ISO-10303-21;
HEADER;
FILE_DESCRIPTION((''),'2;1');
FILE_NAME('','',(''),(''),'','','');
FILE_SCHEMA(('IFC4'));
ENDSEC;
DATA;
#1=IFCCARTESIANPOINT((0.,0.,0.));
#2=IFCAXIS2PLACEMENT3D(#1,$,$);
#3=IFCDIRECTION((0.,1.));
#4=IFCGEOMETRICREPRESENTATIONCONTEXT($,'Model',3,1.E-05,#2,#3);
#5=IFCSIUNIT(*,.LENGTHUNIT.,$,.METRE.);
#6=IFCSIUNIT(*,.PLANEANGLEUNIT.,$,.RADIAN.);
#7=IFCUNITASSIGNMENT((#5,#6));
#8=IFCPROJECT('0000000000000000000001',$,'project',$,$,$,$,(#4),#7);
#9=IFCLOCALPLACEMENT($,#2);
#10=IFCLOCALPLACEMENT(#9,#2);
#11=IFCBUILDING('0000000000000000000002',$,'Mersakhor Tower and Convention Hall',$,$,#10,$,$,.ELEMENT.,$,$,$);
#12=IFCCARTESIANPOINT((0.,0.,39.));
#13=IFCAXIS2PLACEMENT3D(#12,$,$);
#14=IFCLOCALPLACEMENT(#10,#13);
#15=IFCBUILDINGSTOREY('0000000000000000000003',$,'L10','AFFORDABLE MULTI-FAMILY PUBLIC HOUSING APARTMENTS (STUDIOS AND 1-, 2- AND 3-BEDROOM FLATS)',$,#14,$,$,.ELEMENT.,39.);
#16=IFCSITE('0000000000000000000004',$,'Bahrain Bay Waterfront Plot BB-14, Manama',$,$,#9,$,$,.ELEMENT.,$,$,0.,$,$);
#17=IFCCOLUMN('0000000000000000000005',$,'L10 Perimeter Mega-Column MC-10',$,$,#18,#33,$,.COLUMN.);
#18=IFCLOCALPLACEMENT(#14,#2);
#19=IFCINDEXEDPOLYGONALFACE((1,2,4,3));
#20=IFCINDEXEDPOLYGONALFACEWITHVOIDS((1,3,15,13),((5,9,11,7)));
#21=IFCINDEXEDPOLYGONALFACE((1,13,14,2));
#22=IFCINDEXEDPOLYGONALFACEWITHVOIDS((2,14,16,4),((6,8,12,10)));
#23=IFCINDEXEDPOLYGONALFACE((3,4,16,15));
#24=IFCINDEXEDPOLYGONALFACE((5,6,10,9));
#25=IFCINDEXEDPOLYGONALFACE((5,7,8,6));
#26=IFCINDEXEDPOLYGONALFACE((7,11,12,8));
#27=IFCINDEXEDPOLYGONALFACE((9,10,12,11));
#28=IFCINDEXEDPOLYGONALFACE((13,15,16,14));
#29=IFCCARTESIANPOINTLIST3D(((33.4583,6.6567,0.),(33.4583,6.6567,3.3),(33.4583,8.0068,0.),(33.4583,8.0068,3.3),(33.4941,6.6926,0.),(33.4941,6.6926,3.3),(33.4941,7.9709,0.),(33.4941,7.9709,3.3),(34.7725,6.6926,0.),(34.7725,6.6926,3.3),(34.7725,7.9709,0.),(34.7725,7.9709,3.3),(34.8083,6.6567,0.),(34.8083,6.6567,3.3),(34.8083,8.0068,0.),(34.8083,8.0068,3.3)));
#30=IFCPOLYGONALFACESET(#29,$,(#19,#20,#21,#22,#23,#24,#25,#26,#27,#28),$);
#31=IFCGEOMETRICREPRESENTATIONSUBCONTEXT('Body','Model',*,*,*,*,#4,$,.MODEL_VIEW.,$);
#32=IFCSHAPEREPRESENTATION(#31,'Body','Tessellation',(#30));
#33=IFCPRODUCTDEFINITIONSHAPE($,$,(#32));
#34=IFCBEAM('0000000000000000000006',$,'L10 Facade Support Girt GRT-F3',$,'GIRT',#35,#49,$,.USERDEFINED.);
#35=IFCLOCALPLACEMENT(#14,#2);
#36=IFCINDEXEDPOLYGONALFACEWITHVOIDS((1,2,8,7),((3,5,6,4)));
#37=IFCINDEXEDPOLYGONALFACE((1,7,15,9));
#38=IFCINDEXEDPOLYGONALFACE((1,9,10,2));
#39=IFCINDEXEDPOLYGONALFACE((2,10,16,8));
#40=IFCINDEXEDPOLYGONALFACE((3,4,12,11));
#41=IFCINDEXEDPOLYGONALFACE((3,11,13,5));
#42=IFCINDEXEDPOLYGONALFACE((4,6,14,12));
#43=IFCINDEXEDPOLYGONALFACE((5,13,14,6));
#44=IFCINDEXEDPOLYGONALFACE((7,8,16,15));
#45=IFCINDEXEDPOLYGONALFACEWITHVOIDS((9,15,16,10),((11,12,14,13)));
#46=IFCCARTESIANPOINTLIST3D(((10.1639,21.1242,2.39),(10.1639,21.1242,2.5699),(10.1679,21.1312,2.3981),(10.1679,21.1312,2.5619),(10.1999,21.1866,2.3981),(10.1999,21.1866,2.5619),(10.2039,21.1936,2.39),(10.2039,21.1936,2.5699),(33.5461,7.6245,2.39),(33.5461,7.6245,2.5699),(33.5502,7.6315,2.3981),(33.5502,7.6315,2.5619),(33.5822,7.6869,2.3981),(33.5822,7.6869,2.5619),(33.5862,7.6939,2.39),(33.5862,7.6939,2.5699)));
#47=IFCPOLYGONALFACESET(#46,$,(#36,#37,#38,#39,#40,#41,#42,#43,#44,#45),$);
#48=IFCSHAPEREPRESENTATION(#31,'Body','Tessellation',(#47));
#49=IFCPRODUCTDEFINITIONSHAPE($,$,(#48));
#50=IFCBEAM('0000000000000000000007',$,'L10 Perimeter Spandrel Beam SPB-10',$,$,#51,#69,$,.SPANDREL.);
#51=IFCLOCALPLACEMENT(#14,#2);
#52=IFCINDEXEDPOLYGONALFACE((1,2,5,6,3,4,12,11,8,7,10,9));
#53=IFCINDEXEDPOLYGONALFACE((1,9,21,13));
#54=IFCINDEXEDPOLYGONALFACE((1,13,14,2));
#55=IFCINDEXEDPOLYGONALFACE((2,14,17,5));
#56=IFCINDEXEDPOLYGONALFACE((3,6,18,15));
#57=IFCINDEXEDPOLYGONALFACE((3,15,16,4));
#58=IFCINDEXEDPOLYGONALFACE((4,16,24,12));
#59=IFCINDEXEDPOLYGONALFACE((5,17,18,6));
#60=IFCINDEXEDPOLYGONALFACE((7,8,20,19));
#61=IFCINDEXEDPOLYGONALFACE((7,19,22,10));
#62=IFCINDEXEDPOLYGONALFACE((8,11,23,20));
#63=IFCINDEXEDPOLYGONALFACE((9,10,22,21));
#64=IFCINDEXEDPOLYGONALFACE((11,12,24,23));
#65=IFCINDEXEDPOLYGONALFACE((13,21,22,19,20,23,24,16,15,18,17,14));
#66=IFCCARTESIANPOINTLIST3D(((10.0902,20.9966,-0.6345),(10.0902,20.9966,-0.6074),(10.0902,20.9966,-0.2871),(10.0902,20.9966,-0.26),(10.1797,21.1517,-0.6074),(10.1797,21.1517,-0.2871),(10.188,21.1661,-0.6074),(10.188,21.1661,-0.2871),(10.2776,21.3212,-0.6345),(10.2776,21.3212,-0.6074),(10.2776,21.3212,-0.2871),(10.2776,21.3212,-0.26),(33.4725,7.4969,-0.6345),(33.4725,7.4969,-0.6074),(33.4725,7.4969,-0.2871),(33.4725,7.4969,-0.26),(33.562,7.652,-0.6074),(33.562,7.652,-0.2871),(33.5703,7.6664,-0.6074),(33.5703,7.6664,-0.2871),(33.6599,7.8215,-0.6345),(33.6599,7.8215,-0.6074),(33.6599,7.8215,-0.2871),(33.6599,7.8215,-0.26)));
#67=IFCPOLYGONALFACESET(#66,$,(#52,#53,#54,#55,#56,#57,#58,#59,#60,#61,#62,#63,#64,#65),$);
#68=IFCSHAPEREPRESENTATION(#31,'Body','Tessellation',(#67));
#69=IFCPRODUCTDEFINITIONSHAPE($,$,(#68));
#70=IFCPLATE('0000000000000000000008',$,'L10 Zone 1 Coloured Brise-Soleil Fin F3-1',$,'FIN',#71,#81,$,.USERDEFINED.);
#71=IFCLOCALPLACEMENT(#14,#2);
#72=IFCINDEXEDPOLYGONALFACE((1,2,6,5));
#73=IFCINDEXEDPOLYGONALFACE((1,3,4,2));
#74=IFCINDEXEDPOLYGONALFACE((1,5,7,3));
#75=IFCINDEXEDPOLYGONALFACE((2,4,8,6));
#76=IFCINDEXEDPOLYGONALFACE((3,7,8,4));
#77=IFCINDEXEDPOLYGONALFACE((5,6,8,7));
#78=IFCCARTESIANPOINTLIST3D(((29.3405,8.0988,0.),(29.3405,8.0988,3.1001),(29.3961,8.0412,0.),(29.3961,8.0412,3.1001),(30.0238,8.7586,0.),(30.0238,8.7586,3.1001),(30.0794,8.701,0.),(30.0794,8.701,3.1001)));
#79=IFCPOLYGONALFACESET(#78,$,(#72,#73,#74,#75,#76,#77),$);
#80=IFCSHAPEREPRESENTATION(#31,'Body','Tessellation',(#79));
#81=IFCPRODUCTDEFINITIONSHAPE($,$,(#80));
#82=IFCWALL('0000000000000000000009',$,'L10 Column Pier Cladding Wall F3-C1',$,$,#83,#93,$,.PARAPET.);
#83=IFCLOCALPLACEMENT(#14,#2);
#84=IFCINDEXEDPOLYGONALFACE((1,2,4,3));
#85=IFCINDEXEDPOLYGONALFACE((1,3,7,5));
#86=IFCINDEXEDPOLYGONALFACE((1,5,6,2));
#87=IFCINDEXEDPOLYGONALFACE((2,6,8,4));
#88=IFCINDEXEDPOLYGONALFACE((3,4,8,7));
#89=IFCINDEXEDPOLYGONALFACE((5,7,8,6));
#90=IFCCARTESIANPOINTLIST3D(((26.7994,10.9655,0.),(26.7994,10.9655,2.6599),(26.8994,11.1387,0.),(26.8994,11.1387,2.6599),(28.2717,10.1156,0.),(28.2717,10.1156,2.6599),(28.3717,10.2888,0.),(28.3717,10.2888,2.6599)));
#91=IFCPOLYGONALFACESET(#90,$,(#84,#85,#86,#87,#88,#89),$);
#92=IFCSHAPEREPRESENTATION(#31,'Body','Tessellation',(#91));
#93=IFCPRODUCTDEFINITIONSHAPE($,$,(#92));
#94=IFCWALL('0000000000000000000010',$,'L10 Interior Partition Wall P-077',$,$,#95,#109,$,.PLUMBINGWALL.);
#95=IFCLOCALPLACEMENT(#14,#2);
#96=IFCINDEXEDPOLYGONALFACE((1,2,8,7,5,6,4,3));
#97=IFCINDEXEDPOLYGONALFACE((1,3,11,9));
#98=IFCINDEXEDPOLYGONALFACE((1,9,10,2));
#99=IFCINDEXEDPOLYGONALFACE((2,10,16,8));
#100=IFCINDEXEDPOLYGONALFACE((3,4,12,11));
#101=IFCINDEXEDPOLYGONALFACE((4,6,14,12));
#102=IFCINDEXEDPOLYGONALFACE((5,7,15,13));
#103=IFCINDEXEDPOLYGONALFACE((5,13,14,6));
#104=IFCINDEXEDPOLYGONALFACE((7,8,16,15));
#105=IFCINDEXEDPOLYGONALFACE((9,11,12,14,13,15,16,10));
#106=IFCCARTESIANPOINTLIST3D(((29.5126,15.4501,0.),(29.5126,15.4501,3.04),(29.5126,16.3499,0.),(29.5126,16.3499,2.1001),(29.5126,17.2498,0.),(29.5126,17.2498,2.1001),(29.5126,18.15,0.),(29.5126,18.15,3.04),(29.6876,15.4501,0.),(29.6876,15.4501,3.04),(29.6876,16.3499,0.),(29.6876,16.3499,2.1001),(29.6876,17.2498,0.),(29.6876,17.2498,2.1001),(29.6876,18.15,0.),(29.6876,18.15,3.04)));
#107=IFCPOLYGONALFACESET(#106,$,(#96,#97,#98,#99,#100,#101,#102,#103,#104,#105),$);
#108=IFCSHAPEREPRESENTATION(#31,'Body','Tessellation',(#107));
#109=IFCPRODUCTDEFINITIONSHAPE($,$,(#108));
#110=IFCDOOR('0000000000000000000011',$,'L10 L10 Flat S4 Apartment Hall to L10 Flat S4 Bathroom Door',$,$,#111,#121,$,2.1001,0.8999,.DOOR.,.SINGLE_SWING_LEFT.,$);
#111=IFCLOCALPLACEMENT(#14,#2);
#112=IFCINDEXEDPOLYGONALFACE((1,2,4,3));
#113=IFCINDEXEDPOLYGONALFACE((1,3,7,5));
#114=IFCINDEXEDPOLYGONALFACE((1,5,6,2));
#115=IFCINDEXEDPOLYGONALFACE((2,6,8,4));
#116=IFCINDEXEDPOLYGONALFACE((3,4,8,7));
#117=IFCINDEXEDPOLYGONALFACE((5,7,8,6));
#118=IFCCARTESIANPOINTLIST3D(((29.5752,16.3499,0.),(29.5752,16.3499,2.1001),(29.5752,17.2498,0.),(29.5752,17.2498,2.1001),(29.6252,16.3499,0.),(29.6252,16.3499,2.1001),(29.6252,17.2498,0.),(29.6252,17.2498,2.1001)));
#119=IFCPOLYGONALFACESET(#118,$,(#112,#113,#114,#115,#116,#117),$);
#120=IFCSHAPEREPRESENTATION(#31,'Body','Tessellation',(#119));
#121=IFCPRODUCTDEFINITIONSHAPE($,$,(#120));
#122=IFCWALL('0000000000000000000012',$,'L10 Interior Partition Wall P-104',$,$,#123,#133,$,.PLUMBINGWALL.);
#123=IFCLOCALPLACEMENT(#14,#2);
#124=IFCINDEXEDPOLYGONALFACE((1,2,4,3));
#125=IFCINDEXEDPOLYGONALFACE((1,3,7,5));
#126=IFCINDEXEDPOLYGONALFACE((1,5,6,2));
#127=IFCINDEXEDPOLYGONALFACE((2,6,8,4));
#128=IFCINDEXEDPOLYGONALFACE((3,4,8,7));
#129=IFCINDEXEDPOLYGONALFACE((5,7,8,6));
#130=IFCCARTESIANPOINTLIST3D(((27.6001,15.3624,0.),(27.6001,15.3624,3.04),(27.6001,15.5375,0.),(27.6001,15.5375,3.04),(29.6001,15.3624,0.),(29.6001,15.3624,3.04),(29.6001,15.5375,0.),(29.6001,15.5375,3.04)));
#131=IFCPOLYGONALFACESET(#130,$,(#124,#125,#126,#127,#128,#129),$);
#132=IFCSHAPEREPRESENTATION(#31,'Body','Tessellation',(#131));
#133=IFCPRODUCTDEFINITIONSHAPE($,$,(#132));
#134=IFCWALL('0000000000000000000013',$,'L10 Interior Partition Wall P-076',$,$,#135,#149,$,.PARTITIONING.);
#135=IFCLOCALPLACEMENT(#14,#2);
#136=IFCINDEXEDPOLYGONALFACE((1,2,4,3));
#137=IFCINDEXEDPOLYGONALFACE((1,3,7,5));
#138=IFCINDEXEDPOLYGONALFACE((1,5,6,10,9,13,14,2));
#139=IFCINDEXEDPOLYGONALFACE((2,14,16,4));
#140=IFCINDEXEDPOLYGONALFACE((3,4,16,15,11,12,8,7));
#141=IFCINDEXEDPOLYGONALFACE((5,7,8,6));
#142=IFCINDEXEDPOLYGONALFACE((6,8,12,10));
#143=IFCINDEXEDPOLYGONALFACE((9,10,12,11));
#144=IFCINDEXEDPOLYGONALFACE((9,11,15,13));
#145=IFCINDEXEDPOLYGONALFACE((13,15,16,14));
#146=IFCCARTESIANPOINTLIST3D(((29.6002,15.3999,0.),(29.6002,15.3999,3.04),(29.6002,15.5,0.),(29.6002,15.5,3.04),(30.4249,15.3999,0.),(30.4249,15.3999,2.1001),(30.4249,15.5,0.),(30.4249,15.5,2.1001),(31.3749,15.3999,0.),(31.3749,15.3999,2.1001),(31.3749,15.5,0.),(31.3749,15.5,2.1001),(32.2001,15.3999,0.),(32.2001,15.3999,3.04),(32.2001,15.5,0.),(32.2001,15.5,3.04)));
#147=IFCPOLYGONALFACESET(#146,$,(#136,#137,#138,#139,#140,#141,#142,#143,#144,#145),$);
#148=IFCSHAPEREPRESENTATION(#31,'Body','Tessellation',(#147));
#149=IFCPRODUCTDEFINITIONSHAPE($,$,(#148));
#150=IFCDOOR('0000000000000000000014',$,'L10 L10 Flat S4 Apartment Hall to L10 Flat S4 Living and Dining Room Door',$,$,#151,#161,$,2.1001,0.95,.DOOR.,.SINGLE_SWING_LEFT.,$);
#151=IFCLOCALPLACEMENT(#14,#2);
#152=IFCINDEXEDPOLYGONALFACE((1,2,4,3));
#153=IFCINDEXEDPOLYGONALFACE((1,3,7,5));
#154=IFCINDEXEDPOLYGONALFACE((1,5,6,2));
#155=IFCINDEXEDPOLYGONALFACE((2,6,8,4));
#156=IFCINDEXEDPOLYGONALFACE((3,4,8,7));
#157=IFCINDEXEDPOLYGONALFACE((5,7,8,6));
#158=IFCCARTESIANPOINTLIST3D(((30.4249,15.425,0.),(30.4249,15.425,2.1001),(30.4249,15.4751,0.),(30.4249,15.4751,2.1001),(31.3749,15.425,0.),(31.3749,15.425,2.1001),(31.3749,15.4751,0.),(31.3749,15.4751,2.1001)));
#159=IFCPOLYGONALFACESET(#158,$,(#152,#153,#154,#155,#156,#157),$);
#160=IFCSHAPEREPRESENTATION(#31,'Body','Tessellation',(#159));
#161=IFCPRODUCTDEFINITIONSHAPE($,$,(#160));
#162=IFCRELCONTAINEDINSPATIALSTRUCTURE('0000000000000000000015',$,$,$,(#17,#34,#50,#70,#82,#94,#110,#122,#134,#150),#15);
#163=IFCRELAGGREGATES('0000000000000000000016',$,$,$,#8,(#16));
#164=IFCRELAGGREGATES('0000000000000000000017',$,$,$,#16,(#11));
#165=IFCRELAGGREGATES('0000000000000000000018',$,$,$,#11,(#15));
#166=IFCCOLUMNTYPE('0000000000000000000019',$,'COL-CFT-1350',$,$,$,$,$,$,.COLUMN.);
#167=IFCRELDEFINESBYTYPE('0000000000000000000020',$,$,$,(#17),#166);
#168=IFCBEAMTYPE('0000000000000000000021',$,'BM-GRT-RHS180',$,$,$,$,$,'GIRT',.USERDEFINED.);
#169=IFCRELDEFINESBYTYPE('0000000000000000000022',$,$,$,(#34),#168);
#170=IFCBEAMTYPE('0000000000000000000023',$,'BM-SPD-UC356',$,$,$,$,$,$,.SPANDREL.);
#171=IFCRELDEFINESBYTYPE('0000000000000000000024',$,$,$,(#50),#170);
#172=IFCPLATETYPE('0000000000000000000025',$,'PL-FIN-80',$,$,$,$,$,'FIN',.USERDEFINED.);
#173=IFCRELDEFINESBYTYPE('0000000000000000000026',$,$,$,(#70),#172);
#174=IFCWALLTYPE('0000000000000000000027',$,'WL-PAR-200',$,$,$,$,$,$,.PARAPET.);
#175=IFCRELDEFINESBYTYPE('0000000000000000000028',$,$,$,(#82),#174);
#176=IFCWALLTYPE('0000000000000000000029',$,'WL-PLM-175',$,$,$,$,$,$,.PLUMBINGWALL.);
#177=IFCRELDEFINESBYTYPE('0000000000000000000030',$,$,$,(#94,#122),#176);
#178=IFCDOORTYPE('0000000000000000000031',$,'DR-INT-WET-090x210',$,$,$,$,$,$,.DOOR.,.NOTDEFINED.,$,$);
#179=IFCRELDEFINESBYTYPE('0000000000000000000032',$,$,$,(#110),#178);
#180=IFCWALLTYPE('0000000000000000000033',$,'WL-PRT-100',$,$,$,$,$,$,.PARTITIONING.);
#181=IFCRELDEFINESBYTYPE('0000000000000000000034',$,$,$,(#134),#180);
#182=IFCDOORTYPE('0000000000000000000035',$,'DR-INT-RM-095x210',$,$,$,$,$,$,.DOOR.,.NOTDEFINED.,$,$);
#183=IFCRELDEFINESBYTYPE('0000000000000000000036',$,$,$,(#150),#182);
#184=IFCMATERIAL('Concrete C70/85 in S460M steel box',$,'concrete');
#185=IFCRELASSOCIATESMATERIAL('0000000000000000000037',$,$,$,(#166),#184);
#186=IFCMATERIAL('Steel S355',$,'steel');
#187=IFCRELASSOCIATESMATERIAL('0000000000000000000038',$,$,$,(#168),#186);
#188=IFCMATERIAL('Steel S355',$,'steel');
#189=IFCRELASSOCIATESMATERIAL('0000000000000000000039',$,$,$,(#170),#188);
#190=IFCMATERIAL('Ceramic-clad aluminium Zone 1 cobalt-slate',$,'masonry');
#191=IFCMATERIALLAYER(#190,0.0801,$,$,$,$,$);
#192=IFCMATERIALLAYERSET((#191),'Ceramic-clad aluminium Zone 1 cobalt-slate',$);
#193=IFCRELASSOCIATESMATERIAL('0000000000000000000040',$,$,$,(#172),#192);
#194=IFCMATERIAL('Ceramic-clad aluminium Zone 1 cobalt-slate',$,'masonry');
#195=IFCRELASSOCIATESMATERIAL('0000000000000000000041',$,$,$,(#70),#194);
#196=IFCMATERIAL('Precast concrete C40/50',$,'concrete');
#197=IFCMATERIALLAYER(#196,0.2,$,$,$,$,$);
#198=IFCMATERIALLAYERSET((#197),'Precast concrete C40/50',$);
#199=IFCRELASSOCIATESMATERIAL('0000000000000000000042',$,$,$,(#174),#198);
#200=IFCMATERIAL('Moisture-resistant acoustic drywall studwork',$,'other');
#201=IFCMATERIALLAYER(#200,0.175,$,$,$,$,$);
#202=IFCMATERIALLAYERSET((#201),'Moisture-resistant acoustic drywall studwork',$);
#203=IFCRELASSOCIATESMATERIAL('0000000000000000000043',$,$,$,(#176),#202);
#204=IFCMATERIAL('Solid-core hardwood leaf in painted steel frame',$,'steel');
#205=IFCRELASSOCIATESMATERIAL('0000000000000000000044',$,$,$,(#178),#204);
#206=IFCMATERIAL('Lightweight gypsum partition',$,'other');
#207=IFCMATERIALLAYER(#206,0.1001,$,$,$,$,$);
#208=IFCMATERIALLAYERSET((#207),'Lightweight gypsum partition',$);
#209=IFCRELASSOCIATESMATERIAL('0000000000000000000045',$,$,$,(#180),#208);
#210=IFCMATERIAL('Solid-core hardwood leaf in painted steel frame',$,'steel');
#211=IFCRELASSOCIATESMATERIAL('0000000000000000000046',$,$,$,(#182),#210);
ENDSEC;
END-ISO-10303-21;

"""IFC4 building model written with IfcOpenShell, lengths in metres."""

from ifc_helpers import new_model, si_unit, direction, frame, frame_2d, origin, origin_2d, place, context, subcontext, project, spatial, rectangle, hollow_rectangle, i_section, extrude, material, layer, layer_set, material_profile, profile_set, type_object, element, fill, save


model = new_model("IFC4")

# Units and contexts
model_context = context("Model", 3, precision=1e-05, world=origin(), true_north=direction((0.0, 1.0)))
body_context = subcontext(model_context, "Body", "Model", "MODEL_VIEW")
ifc_project = project(units=[si_unit("LENGTHUNIT", "METRE"), si_unit("PLANEANGLEUNIT", "RADIAN")], contexts=[model_context])

# Site, building, storey
site_placement = place(None, origin())
site = spatial("IfcSite", under=ifc_project, at=site_placement, Name="Bahrain Bay Waterfront Plot BB-14, Manama", CompositionType="ELEMENT", RefElevation=0.0)
building_placement = place(site_placement, origin())
building = spatial("IfcBuilding", under=site, at=building_placement, Name="Mersakhor Tower and Convention Hall", CompositionType="ELEMENT")
storey_placement = place(building_placement, frame((0.0, 0.0, 39.0)))
storey = spatial("IfcBuildingStorey", under=building, at=storey_placement, Name="L10", Description="AFFORDABLE MULTI-FAMILY PUBLIC HOUSING APARTMENTS (STUDIOS AND 1-, 2- AND 3-BEDROOM FLATS)", CompositionType="ELEMENT", Elevation=39.0)

# Column
ifc_material_1 = material(Name="Concrete C70/85 in S460M steel box", Category="concrete")
ifc_material_profile_1 = material_profile(ifc_material_1, hollow_rectangle(XDim=1.3501, YDim=1.3501, WallThickness=0.0359, at=origin_2d()), Name="SHS 1350x1350x36")
ifc_profile_set_1 = profile_set([ifc_material_profile_1], Name="Concrete C70/85 in S460M steel box")
column_type = type_object("IfcColumnType", Name="COL-CFT-1350", PredefinedType="COLUMN", material=ifc_profile_set_1)
column_placement = place(storey_placement, frame((34.1333, 7.3318, 0.0), z_axis=(0.0, 0.0, 1.0), x_axis=(1.0, 0.0, 0.0)))
element("IfcColumn", 1, at=column_placement, inside=storey, type_object=column_type, Name="L10 Perimeter Mega-Column MC-10", PredefinedType="COLUMN", context=body_context, shape_type="SweptSolid", body=[
    extrude(hollow_rectangle(XDim=1.3501, YDim=1.3501, WallThickness=0.0359, at=origin_2d()), origin(), (0.0, 0.0, 1.0), 3.3),
])

# Beams
ifc_material_2 = material(Name="Steel S355", Category="steel")
ifc_material_profile_2 = material_profile(ifc_material_2, hollow_rectangle(XDim=0.0801, YDim=0.1799, WallThickness=0.0081, at=origin_2d()), Name="RHS 180x80x8")
ifc_profile_set_2 = profile_set([ifc_material_profile_2], Name="Steel S355")
beam_type_1 = type_object("IfcBeamType", Name="BM-GRT-RHS180", ElementType="GIRT", PredefinedType="USERDEFINED", material=ifc_profile_set_2)
beam_1_placement = place(storey_placement, frame((33.5662, 7.6592, 2.48), z_axis=(-0.866026, 0.499999, 0.0), x_axis=(-0.499999, -0.866026, 0.0)))
element("IfcBeam", 2, at=beam_1_placement, inside=storey, type_object=beam_type_1, Name="L10 Facade Support Girt GRT-F3", ObjectType="GIRT", PredefinedType="USERDEFINED", context=body_context, shape_type="SweptSolid", body=[
    extrude(hollow_rectangle(XDim=0.0801, YDim=0.1799, WallThickness=0.0081, at=origin_2d()), origin(), (0.0, 0.0, 1.0), 26.9995),
])
ifc_material_3 = material(Name="Steel S355", Category="steel")
ifc_material_profile_3 = material_profile(ifc_material_3, i_section(OverallWidth=0.3748, OverallDepth=0.3745, WebThickness=0.0166, FlangeThickness=0.0271, at=origin_2d()), Name="UC 356x368x202")
ifc_profile_set_3 = profile_set([ifc_material_profile_3], Name="Steel S355")
beam_type_2 = type_object("IfcBeamType", Name="BM-SPD-UC356", PredefinedType="SPANDREL", material=ifc_profile_set_3)
beam_2_placement = place(storey_placement, frame((33.5662, 7.6592, -0.4473), z_axis=(-0.866026, 0.499999, 0.0), x_axis=(-0.499999, -0.866026, 0.0)))
element("IfcBeam", 3, at=beam_2_placement, inside=storey, type_object=beam_type_2, Name="L10 Perimeter Spandrel Beam SPB-10", PredefinedType="SPANDREL", context=body_context, shape_type="SweptSolid", body=[
    extrude(i_section(OverallWidth=0.3748, OverallDepth=0.3745, WebThickness=0.0166, FlangeThickness=0.0271, at=origin_2d()), origin(), (0.0, 0.0, 1.0), 26.9995),
])

# Plate
ifc_material_4 = material(Name="Ceramic-clad aluminium Zone 1 cobalt-slate", Category="masonry")
ifc_material_5 = material(Name="Ceramic-clad aluminium Zone 1 cobalt-slate", Category="masonry")
ifc_layer_1 = layer(ifc_material_5, 0.0801)
ifc_layer_set_1 = layer_set([ifc_layer_1], Name="Ceramic-clad aluminium Zone 1 cobalt-slate")
plate_type = type_object("IfcPlateType", Name="PL-FIN-80", ElementType="FIN", PredefinedType="USERDEFINED", material=ifc_layer_set_1)
plate_placement = place(storey_placement, frame((29.71, 8.3999, 0.0), z_axis=(0.0, 0.0, 1.0), x_axis=(-0.71934, -0.694658, 0.0)))
element("IfcPlate", 4, at=plate_placement, inside=storey, type_object=plate_type, material=ifc_material_4, Name="L10 Zone 1 Coloured Brise-Soleil Fin F3-1", ObjectType="FIN", PredefinedType="USERDEFINED", context=body_context, shape_type="SweptSolid", body=[
    extrude(rectangle(XDim=0.95, YDim=0.0801, at=origin_2d()), origin(), (0.0, 0.0, 1.0), 3.1001),
])

# Wall
ifc_material_6 = material(Name="Precast concrete C40/50", Category="concrete")
ifc_layer_2 = layer(ifc_material_6, 0.2)
ifc_layer_set_2 = layer_set([ifc_layer_2], Name="Precast concrete C40/50")
wall_type_1 = type_object("IfcWallType", Name="WL-PAR-200", PredefinedType="PARAPET", material=ifc_layer_set_2)
wall_1_placement = place(storey_placement, frame((28.3218, 10.2021, 0.0), z_axis=(0.0, 0.0, 1.0), x_axis=(-0.866052, 0.499955, 0.0)))
element("IfcWall", 5, at=wall_1_placement, inside=storey, type_object=wall_type_1, Name="L10 Column Pier Cladding Wall F3-C1", PredefinedType="PARAPET", context=body_context, shape_type="SweptSolid", body=[
    extrude(rectangle(XDim=1.7, YDim=0.2, at=frame_2d((0.8501, 0.0))), origin(), (0.0, 0.0, 1.0), 2.6599),
])

# Wall, opening, door
ifc_material_7 = material(Name="Moisture-resistant acoustic drywall studwork", Category="other")
ifc_layer_3 = layer(ifc_material_7, 0.175)
ifc_layer_set_3 = layer_set([ifc_layer_3], Name="Moisture-resistant acoustic drywall studwork")
wall_type_2 = type_object("IfcWallType", Name="WL-PLM-175", PredefinedType="PLUMBINGWALL", material=ifc_layer_set_3)
wall_2_placement = place(storey_placement, frame((29.6001, 15.45, 0.0), z_axis=(0.0, 0.0, 1.0), x_axis=(0.0, 1.0, 0.0)))
wall_2 = element("IfcWall", 6, at=wall_2_placement, inside=storey, type_object=wall_type_2, Name="L10 Interior Partition Wall P-077", PredefinedType="PLUMBINGWALL", context=body_context, shape_type="SweptSolid", body=[
    extrude(rectangle(XDim=2.7, YDim=0.175, at=frame_2d((1.3501, 0.0))), origin(), (0.0, 0.0, 1.0), 3.04),
])
opening_1_placement = place(wall_2_placement, frame((0.8999, 0.0, 0.0)))
opening_1 = element("IfcOpeningElement", 7, at=opening_1_placement, cuts=wall_2, PredefinedType="OPENING", context=body_context, shape_type="SweptSolid", body=[
    extrude(rectangle(XDim=0.8999, YDim=2.1001, at=frame_2d((0.45, 1.05))), frame((0.0, 0.0974, 0.0), z_axis=(0.0, -1.0, 0.0), x_axis=(1.0, 0.0, 0.0)), (0.0, 0.0, 1.0), 0.1951),
])
ifc_material_8 = material(Name="Solid-core hardwood leaf in painted steel frame", Category="steel")
door_type_1 = type_object("IfcDoorType", Name="DR-INT-WET-090x210", OperationType="NOTDEFINED", PredefinedType="DOOR", material=ifc_material_8)
door_1_placement = place(opening_1_placement, origin())
door_1 = element("IfcDoor", 8, at=door_1_placement, inside=storey, type_object=door_type_1, Name="L10 L10 Flat S4 Apartment Hall to L10 Flat S4 Bathroom Door", OperationType="SINGLE_SWING_LEFT", OverallHeight=2.1001, OverallWidth=0.8999, PredefinedType="DOOR", context=body_context, shape_type="SweptSolid", body=[
    extrude(rectangle(XDim=0.8999, YDim=2.1001, at=frame_2d((0.45, 1.05))), frame((0.0, 0.0249, 0.0), z_axis=(0.0, -1.0, 0.0), x_axis=(1.0, 0.0, 0.0)), (0.0, 0.0, 1.0), 0.05),
])
fill(opening_1, door_1)

# Wall
wall_3_placement = place(storey_placement, frame((29.6001, 15.45, 0.0), z_axis=(0.0, 0.0, 1.0), x_axis=(-1.0, 0.0, 0.0)))
element("IfcWall", 9, at=wall_3_placement, inside=storey, type_object=wall_type_2, Name="L10 Interior Partition Wall P-104", PredefinedType="PLUMBINGWALL", context=body_context, shape_type="SweptSolid", body=[
    extrude(rectangle(XDim=2.0, YDim=0.175, at=frame_2d((1.0, 0.0))), origin(), (0.0, 0.0, 1.0), 3.04),
])

# Wall, opening, door
ifc_material_9 = material(Name="Lightweight gypsum partition", Category="other")
ifc_layer_4 = layer(ifc_material_9, 0.1001)
ifc_layer_set_4 = layer_set([ifc_layer_4], Name="Lightweight gypsum partition")
wall_type_3 = type_object("IfcWallType", Name="WL-PRT-100", PredefinedType="PARTITIONING", material=ifc_layer_set_4)
wall_4_placement = place(storey_placement, frame((32.2, 15.45, 0.0), z_axis=(0.0, 0.0, 1.0), x_axis=(-1.0, 0.0, 0.0)))
wall_4 = element("IfcWall", 10, at=wall_4_placement, inside=storey, type_object=wall_type_3, Name="L10 Interior Partition Wall P-076", PredefinedType="PARTITIONING", context=body_context, shape_type="SweptSolid", body=[
    extrude(rectangle(XDim=2.5999, YDim=0.1001, at=frame_2d((1.2998, 0.0))), origin(), (0.0, 0.0, 1.0), 3.04),
])
opening_2_placement = place(wall_4_placement, frame((0.825, 0.0, 0.0)))
opening_2 = element("IfcOpeningElement", 11, at=opening_2_placement, cuts=wall_4, PredefinedType="OPENING", context=body_context, shape_type="SweptSolid", body=[
    extrude(rectangle(XDim=0.95, YDim=2.1001, at=frame_2d((0.4751, 1.05))), frame((0.0, 0.0601, 0.0), z_axis=(0.0, -1.0, 0.0), x_axis=(1.0, 0.0, 0.0)), (0.0, 0.0, 1.0), 0.1201),
])
ifc_material_10 = material(Name="Solid-core hardwood leaf in painted steel frame", Category="steel")
door_type_2 = type_object("IfcDoorType", Name="DR-INT-RM-095x210", OperationType="NOTDEFINED", PredefinedType="DOOR", material=ifc_material_10)
door_2_placement = place(opening_2_placement, origin())
door_2 = element("IfcDoor", 12, at=door_2_placement, inside=storey, type_object=door_type_2, Name="L10 L10 Flat S4 Apartment Hall to L10 Flat S4 Living and Dining Room Door", OperationType="SINGLE_SWING_LEFT", OverallHeight=2.1001, OverallWidth=0.95, PredefinedType="DOOR", context=body_context, shape_type="SweptSolid", body=[
    extrude(rectangle(XDim=0.95, YDim=2.1001, at=frame_2d((0.4751, 1.05))), frame((0.0, 0.0249, 0.0), z_axis=(0.0, -1.0, 0.0), x_axis=(1.0, 0.0, 0.0)), (0.0, 0.0, 1.0), 0.05),
])
fill(opening_2, door_2)

save(model, "model.ifc")
